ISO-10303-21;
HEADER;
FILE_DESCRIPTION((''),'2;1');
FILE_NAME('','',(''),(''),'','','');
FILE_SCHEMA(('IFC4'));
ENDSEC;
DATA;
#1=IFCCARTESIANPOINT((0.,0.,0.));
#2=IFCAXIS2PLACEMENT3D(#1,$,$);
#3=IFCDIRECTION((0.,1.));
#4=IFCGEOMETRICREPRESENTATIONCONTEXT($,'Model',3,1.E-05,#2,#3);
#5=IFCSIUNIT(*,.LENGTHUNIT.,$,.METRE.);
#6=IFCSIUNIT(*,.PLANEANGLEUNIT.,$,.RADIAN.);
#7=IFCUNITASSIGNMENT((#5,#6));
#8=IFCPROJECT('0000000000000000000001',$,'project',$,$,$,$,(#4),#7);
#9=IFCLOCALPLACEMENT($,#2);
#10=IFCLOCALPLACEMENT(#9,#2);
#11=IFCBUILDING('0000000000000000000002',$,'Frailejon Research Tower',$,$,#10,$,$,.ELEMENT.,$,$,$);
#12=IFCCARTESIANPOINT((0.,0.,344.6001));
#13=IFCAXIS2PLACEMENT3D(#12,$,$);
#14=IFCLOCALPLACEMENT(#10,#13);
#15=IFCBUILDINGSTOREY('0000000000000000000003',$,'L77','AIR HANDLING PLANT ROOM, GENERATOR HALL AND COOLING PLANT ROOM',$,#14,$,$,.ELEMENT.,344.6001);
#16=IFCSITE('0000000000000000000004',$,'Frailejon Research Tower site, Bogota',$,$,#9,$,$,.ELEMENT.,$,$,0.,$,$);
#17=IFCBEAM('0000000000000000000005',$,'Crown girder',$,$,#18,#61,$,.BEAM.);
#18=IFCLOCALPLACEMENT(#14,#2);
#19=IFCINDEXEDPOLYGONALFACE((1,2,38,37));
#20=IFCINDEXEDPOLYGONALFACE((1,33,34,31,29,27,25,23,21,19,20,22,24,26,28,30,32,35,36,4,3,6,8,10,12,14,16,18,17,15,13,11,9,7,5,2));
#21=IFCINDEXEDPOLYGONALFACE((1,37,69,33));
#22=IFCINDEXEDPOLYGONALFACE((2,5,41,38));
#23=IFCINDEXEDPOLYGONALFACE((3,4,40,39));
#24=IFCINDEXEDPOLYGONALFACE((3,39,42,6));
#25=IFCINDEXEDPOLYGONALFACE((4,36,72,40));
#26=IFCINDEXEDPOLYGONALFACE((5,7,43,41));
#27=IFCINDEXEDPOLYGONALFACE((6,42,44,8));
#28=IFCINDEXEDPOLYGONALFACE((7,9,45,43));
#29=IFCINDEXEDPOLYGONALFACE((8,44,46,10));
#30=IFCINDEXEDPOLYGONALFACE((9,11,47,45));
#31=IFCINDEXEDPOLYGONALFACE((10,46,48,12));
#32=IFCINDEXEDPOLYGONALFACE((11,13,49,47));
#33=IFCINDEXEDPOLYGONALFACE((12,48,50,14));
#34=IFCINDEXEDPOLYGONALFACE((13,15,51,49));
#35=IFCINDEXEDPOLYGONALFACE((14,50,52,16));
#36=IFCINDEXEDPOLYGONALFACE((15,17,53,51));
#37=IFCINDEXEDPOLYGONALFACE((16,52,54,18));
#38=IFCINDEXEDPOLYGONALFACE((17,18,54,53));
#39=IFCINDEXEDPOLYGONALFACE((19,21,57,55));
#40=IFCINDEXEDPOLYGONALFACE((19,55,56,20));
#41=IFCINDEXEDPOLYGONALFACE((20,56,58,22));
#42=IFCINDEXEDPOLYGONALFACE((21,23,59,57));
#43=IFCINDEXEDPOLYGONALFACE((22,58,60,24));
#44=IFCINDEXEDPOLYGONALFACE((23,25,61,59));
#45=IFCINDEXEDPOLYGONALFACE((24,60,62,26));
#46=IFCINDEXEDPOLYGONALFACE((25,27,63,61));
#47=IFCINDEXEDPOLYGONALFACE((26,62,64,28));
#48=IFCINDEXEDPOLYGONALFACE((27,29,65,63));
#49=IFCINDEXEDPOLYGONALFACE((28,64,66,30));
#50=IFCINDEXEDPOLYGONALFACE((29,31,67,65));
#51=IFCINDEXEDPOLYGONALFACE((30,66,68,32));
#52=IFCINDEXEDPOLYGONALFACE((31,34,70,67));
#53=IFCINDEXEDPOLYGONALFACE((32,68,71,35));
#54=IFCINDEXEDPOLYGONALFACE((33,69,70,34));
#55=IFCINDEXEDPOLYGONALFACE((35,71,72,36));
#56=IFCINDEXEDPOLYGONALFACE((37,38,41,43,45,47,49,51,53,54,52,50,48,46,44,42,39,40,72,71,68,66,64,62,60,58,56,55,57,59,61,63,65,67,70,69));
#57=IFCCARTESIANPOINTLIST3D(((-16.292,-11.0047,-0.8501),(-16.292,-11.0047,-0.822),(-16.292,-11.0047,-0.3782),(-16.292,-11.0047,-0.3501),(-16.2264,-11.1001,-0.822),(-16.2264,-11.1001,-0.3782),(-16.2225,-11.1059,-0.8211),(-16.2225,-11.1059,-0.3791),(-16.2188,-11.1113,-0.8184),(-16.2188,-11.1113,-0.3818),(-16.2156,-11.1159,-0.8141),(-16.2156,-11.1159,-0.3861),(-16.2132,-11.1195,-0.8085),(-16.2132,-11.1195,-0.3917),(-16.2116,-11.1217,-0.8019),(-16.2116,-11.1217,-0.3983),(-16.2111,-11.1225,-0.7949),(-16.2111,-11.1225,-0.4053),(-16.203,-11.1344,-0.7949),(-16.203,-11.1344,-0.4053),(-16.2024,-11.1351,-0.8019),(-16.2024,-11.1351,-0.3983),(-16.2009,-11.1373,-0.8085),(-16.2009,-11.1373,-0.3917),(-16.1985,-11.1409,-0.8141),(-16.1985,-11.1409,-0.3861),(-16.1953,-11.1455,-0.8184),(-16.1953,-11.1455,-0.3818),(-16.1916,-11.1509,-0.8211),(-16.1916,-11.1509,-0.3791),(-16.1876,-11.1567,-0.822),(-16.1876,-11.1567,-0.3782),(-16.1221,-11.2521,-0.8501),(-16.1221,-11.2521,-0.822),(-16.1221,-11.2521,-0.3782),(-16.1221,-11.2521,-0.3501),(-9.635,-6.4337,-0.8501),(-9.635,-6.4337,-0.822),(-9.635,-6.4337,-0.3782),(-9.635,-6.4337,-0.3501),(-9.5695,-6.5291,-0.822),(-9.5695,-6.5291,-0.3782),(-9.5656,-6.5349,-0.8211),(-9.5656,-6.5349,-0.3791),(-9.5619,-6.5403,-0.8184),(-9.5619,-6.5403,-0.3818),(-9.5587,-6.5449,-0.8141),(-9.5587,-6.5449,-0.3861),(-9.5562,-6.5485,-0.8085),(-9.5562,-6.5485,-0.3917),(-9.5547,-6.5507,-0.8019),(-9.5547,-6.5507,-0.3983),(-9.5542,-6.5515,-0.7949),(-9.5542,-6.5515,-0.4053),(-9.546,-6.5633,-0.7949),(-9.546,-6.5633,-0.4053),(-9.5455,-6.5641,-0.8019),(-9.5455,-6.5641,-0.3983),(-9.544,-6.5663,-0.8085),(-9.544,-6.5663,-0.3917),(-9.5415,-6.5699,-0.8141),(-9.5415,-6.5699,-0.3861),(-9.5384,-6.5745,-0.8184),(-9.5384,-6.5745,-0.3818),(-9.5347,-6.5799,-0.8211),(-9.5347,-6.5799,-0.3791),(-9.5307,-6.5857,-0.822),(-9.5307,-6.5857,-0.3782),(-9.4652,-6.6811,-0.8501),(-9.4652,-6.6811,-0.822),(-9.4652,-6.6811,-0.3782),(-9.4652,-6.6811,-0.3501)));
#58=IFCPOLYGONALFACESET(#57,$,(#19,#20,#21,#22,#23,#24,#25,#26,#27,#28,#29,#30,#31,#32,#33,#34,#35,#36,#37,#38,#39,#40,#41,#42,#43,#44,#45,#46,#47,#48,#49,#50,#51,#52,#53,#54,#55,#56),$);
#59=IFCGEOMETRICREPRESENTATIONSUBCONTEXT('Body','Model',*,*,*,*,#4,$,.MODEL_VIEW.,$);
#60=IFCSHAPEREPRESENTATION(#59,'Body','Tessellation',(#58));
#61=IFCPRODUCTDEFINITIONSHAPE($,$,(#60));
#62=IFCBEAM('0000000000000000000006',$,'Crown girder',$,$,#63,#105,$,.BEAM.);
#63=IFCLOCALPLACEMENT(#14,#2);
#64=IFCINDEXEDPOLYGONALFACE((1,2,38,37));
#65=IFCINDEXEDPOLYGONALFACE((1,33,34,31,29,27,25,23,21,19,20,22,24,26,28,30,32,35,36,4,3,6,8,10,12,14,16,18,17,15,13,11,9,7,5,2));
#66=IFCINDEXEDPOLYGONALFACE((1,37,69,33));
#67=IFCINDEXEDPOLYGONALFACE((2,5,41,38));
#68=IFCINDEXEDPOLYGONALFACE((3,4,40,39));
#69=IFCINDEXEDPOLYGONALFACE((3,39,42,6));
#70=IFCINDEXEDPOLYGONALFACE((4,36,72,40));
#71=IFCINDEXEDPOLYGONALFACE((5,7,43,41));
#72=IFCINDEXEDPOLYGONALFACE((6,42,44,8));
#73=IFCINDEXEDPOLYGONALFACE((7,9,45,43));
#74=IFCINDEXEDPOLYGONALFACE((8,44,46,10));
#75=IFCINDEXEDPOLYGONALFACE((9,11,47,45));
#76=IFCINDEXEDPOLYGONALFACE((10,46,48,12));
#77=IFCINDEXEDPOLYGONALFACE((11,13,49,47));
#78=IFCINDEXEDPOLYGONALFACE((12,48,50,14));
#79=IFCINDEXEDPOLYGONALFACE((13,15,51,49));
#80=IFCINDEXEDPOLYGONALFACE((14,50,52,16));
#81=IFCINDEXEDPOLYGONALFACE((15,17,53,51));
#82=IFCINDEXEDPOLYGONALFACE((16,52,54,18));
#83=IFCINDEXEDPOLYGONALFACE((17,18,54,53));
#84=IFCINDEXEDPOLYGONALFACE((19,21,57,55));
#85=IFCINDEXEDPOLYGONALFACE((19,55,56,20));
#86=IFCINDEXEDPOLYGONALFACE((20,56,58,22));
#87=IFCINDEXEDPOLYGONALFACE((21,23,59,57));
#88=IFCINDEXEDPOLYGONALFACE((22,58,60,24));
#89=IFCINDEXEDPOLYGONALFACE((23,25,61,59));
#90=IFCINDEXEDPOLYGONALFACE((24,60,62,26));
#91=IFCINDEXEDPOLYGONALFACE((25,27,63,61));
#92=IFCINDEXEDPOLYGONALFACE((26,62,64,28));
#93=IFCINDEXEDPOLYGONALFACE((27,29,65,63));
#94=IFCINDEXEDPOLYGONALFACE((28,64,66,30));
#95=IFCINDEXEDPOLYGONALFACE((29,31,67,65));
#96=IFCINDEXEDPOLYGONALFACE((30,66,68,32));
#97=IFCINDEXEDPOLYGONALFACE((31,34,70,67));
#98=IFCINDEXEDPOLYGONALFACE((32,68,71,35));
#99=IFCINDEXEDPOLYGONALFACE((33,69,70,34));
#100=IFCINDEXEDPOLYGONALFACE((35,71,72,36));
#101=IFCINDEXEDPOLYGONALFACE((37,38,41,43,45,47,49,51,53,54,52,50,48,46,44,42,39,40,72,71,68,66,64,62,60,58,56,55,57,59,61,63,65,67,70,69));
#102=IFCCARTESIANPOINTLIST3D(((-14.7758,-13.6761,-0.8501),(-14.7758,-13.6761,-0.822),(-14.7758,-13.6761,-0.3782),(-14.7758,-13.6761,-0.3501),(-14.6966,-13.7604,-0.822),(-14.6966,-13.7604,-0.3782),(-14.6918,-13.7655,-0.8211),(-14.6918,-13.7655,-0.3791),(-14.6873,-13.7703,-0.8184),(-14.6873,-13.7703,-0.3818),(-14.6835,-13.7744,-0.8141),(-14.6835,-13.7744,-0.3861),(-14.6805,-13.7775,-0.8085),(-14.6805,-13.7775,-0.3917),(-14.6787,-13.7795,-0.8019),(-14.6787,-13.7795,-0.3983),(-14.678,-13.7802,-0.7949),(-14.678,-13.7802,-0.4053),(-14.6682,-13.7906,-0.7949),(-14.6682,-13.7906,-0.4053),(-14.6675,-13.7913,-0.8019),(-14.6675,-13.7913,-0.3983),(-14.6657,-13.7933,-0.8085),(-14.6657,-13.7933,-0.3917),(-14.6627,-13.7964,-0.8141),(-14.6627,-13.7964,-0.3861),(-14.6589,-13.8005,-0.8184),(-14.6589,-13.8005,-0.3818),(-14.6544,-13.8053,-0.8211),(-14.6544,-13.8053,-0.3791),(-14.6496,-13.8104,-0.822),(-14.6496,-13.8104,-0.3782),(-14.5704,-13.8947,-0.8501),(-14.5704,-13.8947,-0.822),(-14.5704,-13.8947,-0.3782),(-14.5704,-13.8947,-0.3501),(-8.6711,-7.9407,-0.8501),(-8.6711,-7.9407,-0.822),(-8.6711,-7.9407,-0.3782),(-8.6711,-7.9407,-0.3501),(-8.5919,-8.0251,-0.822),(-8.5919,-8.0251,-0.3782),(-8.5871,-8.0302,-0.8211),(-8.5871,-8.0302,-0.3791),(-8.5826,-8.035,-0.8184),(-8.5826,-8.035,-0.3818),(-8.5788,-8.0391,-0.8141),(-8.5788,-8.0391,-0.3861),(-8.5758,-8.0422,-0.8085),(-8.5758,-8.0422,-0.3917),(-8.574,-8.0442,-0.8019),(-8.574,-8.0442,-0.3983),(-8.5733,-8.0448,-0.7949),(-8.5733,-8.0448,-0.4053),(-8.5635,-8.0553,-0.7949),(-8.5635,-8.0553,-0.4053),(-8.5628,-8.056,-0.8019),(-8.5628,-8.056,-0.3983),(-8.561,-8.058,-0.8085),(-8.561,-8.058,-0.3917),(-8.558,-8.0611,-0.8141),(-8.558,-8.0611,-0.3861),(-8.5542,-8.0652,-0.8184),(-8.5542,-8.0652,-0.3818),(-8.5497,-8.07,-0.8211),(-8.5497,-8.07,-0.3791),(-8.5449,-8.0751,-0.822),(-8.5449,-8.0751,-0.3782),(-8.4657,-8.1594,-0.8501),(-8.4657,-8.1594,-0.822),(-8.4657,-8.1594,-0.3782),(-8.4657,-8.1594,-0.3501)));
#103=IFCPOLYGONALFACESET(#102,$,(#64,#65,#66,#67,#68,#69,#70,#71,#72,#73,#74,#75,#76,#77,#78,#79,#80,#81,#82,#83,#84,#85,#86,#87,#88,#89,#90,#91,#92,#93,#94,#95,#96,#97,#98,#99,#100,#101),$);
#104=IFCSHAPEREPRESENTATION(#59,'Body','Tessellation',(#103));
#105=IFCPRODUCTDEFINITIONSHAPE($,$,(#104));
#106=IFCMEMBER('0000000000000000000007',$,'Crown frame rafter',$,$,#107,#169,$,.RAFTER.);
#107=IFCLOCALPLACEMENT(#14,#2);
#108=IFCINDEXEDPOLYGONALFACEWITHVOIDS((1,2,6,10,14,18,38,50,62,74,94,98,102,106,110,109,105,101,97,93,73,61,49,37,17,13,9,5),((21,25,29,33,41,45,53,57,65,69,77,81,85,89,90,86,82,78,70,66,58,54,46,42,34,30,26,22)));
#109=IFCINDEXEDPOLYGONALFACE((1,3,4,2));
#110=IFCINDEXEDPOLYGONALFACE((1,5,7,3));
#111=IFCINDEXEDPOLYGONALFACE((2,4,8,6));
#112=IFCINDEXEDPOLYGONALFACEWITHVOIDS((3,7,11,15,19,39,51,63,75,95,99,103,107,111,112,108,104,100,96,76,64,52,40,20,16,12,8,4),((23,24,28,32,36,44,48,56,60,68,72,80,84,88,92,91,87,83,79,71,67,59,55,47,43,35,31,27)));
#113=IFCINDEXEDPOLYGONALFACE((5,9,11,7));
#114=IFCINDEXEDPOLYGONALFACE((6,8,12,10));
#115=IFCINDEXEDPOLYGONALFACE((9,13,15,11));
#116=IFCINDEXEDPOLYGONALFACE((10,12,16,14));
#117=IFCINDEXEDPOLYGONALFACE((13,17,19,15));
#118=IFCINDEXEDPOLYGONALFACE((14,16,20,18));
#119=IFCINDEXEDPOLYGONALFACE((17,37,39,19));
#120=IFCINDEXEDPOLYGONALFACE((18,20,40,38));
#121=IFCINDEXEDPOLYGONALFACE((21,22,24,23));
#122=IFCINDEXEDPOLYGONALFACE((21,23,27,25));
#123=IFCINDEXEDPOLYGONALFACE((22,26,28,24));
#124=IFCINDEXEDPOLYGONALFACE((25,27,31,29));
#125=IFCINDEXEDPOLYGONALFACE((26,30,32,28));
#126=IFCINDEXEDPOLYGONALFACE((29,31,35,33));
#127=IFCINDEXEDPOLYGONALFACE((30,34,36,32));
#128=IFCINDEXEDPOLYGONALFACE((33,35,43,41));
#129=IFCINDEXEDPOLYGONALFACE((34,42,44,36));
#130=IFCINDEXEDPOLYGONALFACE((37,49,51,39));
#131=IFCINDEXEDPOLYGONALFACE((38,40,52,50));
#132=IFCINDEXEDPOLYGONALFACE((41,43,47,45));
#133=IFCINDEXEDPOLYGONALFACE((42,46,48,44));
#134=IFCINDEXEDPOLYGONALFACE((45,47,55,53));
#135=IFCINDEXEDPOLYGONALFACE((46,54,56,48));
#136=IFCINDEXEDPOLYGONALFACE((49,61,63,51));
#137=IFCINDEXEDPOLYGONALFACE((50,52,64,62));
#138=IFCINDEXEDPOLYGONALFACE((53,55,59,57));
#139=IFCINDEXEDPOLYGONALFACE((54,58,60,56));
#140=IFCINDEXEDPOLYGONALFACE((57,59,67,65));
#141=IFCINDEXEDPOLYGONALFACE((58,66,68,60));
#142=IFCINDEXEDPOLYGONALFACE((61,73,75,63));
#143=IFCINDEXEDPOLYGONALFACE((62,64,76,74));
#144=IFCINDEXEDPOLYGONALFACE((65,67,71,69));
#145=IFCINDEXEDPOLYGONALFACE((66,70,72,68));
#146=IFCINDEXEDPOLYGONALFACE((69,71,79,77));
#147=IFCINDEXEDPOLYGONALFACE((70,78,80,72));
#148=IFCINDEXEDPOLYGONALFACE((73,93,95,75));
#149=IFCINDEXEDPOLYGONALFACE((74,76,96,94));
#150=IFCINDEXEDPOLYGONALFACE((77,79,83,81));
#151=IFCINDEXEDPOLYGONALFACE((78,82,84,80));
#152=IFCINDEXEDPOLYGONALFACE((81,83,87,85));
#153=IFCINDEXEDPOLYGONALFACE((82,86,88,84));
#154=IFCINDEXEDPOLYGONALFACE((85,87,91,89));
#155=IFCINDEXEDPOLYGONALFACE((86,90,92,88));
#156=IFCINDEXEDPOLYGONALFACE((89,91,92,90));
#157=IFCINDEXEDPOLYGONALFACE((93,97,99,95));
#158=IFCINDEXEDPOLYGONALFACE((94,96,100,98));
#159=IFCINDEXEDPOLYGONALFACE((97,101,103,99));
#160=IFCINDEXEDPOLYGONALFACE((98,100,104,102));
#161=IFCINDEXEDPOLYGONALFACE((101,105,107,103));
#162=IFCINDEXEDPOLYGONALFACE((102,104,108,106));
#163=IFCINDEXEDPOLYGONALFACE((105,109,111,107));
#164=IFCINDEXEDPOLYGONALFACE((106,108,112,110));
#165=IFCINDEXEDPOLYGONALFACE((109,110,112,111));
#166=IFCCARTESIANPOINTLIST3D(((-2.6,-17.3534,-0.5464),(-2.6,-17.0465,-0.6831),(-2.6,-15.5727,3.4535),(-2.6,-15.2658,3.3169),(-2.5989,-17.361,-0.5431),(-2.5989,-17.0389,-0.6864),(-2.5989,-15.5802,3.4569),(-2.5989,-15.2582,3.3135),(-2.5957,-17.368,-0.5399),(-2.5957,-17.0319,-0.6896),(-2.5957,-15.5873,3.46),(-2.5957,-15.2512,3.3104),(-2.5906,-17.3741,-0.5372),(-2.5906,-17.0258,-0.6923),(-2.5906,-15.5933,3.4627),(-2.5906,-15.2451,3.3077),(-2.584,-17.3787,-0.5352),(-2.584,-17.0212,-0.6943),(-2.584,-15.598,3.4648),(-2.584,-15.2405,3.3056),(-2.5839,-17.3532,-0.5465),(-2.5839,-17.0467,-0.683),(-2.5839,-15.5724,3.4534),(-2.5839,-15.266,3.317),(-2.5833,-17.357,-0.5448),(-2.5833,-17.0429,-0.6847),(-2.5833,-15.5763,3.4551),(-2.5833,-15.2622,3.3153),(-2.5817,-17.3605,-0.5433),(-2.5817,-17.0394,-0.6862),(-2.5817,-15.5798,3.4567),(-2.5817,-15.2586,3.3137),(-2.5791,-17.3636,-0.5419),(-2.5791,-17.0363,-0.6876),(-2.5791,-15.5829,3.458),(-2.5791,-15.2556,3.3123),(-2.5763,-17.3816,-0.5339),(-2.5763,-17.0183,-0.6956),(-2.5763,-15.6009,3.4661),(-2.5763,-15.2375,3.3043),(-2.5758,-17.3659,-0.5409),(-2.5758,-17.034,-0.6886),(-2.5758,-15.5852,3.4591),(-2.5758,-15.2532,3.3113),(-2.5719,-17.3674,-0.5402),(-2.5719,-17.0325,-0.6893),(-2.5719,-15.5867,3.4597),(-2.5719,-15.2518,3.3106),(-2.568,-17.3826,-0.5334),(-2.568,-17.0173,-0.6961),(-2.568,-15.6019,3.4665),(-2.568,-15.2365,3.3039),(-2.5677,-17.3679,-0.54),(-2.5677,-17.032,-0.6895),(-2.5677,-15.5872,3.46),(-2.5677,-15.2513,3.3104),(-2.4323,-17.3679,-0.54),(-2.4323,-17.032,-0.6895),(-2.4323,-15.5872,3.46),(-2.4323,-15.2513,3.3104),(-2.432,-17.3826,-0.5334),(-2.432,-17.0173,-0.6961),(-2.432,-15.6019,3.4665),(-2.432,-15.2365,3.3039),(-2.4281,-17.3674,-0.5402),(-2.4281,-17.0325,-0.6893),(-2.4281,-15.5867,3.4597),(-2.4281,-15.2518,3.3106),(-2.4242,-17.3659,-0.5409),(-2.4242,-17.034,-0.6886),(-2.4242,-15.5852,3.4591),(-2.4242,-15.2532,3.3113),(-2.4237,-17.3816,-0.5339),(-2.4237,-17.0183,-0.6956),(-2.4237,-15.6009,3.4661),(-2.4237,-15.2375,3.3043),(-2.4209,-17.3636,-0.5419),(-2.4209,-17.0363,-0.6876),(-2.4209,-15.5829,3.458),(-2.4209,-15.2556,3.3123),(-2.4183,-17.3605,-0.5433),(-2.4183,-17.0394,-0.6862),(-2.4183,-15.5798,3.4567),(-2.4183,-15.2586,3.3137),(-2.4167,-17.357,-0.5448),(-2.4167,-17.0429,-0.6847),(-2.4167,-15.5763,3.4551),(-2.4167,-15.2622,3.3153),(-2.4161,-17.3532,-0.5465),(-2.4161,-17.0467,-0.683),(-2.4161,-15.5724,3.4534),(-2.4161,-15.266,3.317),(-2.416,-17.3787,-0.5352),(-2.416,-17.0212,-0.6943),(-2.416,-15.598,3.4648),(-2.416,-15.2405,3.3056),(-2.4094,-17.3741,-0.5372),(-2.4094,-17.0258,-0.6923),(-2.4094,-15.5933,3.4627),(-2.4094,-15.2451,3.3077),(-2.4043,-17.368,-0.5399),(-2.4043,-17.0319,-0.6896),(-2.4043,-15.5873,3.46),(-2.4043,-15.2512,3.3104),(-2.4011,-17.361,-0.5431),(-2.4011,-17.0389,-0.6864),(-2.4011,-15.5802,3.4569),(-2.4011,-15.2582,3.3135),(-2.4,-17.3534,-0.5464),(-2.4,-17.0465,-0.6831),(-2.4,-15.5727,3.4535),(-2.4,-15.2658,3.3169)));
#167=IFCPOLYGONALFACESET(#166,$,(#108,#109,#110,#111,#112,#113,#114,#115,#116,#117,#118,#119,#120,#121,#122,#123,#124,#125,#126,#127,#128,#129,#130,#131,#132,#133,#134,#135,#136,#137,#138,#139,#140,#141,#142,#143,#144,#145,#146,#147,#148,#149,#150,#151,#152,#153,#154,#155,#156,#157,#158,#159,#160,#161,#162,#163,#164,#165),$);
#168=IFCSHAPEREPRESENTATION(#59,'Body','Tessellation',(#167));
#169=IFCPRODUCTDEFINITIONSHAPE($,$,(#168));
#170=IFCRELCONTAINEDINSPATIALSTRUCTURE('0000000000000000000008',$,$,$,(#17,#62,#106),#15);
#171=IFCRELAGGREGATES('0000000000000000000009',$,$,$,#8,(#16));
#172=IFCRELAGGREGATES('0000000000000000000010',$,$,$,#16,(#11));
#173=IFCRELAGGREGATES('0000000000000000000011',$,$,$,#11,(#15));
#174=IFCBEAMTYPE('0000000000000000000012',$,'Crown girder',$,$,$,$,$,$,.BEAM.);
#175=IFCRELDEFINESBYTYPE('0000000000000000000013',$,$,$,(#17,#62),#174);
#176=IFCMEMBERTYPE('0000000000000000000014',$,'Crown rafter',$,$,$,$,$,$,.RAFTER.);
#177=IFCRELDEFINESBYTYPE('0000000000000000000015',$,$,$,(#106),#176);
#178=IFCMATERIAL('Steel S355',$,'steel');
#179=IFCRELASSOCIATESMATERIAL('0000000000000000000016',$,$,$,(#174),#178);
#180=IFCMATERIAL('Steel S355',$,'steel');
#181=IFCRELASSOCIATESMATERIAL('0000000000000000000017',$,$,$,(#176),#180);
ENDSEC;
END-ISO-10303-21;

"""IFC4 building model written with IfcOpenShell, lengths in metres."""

from ifc_helpers import new_model, si_unit, direction, frame, origin, origin_2d, place, context, subcontext, project, spatial, hollow_rectangle, i_section, extrude, material, material_profile, profile_set, type_object, element, save


model = new_model("IFC4")

# Units and contexts
model_context = context("Model", 3, precision=1e-05, world=origin(), true_north=direction((0.0, 1.0)))
body_context = subcontext(model_context, "Body", "Model", "MODEL_VIEW")
ifc_project = project(units=[si_unit("LENGTHUNIT", "METRE"), si_unit("PLANEANGLEUNIT", "RADIAN")], contexts=[model_context])

# Site, building, storey
site_placement = place(None, origin())
site = spatial("IfcSite", under=ifc_project, at=site_placement, Name="Frailejon Research Tower site, Bogota", CompositionType="ELEMENT", RefElevation=0.0)
building_placement = place(site_placement, origin())
building = spatial("IfcBuilding", under=site, at=building_placement, Name="Frailejon Research Tower", CompositionType="ELEMENT")
storey_placement = place(building_placement, frame((0.0, 0.0, 344.6001)))
storey = spatial("IfcBuildingStorey", under=building, at=storey_placement, Name="L77", Description="AIR HANDLING PLANT ROOM, GENERATOR HALL AND COOLING PLANT ROOM", CompositionType="ELEMENT", Elevation=344.6001)

# Beams
ifc_material_1 = material(Name="Steel S355", Category="steel")
ifc_material_profile_1 = material_profile(ifc_material_1, i_section(OverallWidth=0.3, OverallDepth=0.5, WebThickness=0.0144, FlangeThickness=0.0281, FilletRadius=0.0271, at=origin_2d()), Name="HE 500 B")
ifc_profile_set_1 = profile_set([ifc_material_profile_1], Name="Steel S355")
beam_type_1 = type_object("IfcBeamType", Name="Crown girder", PredefinedType="BEAM", material=ifc_profile_set_1)
beam_1_placement = place(storey_placement, frame((-16.207, -11.1284, -0.6001), z_axis=(0.824367, 0.566055, 0.0), x_axis=(-0.566055, 0.824367, 0.0)))
element("IfcBeam", 1, at=beam_1_placement, inside=storey, type_object=beam_type_1, Name="Crown girder", PredefinedType="BEAM", context=body_context, shape_type="SweptSolid", body=[
    extrude(i_section(OverallWidth=0.3, OverallDepth=0.5, WebThickness=0.0144, FlangeThickness=0.0281, FilletRadius=0.0271, at=origin_2d()), origin(), (0.0, 0.0, 1.0), 8.0752),
])
beam_2_placement = place(storey_placement, frame((-14.6731, -13.7854, -0.6001), z_axis=(0.728812, 0.684713, 0.0), x_axis=(-0.684713, 0.728812, 0.0)))
element("IfcBeam", 2, at=beam_2_placement, inside=storey, type_object=beam_type_1, Name="Crown girder", PredefinedType="BEAM", context=body_context, shape_type="SweptSolid", body=[
    extrude(i_section(OverallWidth=0.3, OverallDepth=0.5, WebThickness=0.0144, FlangeThickness=0.0281, FilletRadius=0.0271, at=origin_2d()), origin(), (0.0, 0.0, 1.0), 8.3762),
])

# Member
ifc_material_2 = material(Name="Steel S355", Category="steel")
ifc_material_profile_2 = material_profile(ifc_material_2, hollow_rectangle(XDim=0.2, YDim=0.3999, WallThickness=0.0161, InnerFilletRadius=0.0161, OuterFilletRadius=0.032, at=origin_2d()), Name="Crown rafter")
ifc_profile_set_2 = profile_set([ifc_material_profile_2], Name="Steel S355")
member_type = type_object("IfcMemberType", Name="Crown rafter", PredefinedType="RAFTER", material=ifc_profile_set_2)
for number, where, z_axis, x_axis, name in (
    (3, (-2.5, -17.2, -0.6147), (0.0, 0.406707, 0.913558), (-1.0, 0.0, 0.0), "Crown frame rafter"),
):
    element("IfcMember", number, at=place(storey_placement, frame(where, z_axis=z_axis, x_axis=x_axis)), inside=storey, type_object=member_type, Name=name, PredefinedType="RAFTER", context=body_context, shape_type="SweptSolid", body=[
        extrude(hollow_rectangle(XDim=0.2, YDim=0.3999, WallThickness=0.0161, InnerFilletRadius=0.0161, OuterFilletRadius=0.032, at=origin_2d()), origin(), (0.0, 0.0, 1.0), 4.3784),
    ])

save(model, "model.ifc")
